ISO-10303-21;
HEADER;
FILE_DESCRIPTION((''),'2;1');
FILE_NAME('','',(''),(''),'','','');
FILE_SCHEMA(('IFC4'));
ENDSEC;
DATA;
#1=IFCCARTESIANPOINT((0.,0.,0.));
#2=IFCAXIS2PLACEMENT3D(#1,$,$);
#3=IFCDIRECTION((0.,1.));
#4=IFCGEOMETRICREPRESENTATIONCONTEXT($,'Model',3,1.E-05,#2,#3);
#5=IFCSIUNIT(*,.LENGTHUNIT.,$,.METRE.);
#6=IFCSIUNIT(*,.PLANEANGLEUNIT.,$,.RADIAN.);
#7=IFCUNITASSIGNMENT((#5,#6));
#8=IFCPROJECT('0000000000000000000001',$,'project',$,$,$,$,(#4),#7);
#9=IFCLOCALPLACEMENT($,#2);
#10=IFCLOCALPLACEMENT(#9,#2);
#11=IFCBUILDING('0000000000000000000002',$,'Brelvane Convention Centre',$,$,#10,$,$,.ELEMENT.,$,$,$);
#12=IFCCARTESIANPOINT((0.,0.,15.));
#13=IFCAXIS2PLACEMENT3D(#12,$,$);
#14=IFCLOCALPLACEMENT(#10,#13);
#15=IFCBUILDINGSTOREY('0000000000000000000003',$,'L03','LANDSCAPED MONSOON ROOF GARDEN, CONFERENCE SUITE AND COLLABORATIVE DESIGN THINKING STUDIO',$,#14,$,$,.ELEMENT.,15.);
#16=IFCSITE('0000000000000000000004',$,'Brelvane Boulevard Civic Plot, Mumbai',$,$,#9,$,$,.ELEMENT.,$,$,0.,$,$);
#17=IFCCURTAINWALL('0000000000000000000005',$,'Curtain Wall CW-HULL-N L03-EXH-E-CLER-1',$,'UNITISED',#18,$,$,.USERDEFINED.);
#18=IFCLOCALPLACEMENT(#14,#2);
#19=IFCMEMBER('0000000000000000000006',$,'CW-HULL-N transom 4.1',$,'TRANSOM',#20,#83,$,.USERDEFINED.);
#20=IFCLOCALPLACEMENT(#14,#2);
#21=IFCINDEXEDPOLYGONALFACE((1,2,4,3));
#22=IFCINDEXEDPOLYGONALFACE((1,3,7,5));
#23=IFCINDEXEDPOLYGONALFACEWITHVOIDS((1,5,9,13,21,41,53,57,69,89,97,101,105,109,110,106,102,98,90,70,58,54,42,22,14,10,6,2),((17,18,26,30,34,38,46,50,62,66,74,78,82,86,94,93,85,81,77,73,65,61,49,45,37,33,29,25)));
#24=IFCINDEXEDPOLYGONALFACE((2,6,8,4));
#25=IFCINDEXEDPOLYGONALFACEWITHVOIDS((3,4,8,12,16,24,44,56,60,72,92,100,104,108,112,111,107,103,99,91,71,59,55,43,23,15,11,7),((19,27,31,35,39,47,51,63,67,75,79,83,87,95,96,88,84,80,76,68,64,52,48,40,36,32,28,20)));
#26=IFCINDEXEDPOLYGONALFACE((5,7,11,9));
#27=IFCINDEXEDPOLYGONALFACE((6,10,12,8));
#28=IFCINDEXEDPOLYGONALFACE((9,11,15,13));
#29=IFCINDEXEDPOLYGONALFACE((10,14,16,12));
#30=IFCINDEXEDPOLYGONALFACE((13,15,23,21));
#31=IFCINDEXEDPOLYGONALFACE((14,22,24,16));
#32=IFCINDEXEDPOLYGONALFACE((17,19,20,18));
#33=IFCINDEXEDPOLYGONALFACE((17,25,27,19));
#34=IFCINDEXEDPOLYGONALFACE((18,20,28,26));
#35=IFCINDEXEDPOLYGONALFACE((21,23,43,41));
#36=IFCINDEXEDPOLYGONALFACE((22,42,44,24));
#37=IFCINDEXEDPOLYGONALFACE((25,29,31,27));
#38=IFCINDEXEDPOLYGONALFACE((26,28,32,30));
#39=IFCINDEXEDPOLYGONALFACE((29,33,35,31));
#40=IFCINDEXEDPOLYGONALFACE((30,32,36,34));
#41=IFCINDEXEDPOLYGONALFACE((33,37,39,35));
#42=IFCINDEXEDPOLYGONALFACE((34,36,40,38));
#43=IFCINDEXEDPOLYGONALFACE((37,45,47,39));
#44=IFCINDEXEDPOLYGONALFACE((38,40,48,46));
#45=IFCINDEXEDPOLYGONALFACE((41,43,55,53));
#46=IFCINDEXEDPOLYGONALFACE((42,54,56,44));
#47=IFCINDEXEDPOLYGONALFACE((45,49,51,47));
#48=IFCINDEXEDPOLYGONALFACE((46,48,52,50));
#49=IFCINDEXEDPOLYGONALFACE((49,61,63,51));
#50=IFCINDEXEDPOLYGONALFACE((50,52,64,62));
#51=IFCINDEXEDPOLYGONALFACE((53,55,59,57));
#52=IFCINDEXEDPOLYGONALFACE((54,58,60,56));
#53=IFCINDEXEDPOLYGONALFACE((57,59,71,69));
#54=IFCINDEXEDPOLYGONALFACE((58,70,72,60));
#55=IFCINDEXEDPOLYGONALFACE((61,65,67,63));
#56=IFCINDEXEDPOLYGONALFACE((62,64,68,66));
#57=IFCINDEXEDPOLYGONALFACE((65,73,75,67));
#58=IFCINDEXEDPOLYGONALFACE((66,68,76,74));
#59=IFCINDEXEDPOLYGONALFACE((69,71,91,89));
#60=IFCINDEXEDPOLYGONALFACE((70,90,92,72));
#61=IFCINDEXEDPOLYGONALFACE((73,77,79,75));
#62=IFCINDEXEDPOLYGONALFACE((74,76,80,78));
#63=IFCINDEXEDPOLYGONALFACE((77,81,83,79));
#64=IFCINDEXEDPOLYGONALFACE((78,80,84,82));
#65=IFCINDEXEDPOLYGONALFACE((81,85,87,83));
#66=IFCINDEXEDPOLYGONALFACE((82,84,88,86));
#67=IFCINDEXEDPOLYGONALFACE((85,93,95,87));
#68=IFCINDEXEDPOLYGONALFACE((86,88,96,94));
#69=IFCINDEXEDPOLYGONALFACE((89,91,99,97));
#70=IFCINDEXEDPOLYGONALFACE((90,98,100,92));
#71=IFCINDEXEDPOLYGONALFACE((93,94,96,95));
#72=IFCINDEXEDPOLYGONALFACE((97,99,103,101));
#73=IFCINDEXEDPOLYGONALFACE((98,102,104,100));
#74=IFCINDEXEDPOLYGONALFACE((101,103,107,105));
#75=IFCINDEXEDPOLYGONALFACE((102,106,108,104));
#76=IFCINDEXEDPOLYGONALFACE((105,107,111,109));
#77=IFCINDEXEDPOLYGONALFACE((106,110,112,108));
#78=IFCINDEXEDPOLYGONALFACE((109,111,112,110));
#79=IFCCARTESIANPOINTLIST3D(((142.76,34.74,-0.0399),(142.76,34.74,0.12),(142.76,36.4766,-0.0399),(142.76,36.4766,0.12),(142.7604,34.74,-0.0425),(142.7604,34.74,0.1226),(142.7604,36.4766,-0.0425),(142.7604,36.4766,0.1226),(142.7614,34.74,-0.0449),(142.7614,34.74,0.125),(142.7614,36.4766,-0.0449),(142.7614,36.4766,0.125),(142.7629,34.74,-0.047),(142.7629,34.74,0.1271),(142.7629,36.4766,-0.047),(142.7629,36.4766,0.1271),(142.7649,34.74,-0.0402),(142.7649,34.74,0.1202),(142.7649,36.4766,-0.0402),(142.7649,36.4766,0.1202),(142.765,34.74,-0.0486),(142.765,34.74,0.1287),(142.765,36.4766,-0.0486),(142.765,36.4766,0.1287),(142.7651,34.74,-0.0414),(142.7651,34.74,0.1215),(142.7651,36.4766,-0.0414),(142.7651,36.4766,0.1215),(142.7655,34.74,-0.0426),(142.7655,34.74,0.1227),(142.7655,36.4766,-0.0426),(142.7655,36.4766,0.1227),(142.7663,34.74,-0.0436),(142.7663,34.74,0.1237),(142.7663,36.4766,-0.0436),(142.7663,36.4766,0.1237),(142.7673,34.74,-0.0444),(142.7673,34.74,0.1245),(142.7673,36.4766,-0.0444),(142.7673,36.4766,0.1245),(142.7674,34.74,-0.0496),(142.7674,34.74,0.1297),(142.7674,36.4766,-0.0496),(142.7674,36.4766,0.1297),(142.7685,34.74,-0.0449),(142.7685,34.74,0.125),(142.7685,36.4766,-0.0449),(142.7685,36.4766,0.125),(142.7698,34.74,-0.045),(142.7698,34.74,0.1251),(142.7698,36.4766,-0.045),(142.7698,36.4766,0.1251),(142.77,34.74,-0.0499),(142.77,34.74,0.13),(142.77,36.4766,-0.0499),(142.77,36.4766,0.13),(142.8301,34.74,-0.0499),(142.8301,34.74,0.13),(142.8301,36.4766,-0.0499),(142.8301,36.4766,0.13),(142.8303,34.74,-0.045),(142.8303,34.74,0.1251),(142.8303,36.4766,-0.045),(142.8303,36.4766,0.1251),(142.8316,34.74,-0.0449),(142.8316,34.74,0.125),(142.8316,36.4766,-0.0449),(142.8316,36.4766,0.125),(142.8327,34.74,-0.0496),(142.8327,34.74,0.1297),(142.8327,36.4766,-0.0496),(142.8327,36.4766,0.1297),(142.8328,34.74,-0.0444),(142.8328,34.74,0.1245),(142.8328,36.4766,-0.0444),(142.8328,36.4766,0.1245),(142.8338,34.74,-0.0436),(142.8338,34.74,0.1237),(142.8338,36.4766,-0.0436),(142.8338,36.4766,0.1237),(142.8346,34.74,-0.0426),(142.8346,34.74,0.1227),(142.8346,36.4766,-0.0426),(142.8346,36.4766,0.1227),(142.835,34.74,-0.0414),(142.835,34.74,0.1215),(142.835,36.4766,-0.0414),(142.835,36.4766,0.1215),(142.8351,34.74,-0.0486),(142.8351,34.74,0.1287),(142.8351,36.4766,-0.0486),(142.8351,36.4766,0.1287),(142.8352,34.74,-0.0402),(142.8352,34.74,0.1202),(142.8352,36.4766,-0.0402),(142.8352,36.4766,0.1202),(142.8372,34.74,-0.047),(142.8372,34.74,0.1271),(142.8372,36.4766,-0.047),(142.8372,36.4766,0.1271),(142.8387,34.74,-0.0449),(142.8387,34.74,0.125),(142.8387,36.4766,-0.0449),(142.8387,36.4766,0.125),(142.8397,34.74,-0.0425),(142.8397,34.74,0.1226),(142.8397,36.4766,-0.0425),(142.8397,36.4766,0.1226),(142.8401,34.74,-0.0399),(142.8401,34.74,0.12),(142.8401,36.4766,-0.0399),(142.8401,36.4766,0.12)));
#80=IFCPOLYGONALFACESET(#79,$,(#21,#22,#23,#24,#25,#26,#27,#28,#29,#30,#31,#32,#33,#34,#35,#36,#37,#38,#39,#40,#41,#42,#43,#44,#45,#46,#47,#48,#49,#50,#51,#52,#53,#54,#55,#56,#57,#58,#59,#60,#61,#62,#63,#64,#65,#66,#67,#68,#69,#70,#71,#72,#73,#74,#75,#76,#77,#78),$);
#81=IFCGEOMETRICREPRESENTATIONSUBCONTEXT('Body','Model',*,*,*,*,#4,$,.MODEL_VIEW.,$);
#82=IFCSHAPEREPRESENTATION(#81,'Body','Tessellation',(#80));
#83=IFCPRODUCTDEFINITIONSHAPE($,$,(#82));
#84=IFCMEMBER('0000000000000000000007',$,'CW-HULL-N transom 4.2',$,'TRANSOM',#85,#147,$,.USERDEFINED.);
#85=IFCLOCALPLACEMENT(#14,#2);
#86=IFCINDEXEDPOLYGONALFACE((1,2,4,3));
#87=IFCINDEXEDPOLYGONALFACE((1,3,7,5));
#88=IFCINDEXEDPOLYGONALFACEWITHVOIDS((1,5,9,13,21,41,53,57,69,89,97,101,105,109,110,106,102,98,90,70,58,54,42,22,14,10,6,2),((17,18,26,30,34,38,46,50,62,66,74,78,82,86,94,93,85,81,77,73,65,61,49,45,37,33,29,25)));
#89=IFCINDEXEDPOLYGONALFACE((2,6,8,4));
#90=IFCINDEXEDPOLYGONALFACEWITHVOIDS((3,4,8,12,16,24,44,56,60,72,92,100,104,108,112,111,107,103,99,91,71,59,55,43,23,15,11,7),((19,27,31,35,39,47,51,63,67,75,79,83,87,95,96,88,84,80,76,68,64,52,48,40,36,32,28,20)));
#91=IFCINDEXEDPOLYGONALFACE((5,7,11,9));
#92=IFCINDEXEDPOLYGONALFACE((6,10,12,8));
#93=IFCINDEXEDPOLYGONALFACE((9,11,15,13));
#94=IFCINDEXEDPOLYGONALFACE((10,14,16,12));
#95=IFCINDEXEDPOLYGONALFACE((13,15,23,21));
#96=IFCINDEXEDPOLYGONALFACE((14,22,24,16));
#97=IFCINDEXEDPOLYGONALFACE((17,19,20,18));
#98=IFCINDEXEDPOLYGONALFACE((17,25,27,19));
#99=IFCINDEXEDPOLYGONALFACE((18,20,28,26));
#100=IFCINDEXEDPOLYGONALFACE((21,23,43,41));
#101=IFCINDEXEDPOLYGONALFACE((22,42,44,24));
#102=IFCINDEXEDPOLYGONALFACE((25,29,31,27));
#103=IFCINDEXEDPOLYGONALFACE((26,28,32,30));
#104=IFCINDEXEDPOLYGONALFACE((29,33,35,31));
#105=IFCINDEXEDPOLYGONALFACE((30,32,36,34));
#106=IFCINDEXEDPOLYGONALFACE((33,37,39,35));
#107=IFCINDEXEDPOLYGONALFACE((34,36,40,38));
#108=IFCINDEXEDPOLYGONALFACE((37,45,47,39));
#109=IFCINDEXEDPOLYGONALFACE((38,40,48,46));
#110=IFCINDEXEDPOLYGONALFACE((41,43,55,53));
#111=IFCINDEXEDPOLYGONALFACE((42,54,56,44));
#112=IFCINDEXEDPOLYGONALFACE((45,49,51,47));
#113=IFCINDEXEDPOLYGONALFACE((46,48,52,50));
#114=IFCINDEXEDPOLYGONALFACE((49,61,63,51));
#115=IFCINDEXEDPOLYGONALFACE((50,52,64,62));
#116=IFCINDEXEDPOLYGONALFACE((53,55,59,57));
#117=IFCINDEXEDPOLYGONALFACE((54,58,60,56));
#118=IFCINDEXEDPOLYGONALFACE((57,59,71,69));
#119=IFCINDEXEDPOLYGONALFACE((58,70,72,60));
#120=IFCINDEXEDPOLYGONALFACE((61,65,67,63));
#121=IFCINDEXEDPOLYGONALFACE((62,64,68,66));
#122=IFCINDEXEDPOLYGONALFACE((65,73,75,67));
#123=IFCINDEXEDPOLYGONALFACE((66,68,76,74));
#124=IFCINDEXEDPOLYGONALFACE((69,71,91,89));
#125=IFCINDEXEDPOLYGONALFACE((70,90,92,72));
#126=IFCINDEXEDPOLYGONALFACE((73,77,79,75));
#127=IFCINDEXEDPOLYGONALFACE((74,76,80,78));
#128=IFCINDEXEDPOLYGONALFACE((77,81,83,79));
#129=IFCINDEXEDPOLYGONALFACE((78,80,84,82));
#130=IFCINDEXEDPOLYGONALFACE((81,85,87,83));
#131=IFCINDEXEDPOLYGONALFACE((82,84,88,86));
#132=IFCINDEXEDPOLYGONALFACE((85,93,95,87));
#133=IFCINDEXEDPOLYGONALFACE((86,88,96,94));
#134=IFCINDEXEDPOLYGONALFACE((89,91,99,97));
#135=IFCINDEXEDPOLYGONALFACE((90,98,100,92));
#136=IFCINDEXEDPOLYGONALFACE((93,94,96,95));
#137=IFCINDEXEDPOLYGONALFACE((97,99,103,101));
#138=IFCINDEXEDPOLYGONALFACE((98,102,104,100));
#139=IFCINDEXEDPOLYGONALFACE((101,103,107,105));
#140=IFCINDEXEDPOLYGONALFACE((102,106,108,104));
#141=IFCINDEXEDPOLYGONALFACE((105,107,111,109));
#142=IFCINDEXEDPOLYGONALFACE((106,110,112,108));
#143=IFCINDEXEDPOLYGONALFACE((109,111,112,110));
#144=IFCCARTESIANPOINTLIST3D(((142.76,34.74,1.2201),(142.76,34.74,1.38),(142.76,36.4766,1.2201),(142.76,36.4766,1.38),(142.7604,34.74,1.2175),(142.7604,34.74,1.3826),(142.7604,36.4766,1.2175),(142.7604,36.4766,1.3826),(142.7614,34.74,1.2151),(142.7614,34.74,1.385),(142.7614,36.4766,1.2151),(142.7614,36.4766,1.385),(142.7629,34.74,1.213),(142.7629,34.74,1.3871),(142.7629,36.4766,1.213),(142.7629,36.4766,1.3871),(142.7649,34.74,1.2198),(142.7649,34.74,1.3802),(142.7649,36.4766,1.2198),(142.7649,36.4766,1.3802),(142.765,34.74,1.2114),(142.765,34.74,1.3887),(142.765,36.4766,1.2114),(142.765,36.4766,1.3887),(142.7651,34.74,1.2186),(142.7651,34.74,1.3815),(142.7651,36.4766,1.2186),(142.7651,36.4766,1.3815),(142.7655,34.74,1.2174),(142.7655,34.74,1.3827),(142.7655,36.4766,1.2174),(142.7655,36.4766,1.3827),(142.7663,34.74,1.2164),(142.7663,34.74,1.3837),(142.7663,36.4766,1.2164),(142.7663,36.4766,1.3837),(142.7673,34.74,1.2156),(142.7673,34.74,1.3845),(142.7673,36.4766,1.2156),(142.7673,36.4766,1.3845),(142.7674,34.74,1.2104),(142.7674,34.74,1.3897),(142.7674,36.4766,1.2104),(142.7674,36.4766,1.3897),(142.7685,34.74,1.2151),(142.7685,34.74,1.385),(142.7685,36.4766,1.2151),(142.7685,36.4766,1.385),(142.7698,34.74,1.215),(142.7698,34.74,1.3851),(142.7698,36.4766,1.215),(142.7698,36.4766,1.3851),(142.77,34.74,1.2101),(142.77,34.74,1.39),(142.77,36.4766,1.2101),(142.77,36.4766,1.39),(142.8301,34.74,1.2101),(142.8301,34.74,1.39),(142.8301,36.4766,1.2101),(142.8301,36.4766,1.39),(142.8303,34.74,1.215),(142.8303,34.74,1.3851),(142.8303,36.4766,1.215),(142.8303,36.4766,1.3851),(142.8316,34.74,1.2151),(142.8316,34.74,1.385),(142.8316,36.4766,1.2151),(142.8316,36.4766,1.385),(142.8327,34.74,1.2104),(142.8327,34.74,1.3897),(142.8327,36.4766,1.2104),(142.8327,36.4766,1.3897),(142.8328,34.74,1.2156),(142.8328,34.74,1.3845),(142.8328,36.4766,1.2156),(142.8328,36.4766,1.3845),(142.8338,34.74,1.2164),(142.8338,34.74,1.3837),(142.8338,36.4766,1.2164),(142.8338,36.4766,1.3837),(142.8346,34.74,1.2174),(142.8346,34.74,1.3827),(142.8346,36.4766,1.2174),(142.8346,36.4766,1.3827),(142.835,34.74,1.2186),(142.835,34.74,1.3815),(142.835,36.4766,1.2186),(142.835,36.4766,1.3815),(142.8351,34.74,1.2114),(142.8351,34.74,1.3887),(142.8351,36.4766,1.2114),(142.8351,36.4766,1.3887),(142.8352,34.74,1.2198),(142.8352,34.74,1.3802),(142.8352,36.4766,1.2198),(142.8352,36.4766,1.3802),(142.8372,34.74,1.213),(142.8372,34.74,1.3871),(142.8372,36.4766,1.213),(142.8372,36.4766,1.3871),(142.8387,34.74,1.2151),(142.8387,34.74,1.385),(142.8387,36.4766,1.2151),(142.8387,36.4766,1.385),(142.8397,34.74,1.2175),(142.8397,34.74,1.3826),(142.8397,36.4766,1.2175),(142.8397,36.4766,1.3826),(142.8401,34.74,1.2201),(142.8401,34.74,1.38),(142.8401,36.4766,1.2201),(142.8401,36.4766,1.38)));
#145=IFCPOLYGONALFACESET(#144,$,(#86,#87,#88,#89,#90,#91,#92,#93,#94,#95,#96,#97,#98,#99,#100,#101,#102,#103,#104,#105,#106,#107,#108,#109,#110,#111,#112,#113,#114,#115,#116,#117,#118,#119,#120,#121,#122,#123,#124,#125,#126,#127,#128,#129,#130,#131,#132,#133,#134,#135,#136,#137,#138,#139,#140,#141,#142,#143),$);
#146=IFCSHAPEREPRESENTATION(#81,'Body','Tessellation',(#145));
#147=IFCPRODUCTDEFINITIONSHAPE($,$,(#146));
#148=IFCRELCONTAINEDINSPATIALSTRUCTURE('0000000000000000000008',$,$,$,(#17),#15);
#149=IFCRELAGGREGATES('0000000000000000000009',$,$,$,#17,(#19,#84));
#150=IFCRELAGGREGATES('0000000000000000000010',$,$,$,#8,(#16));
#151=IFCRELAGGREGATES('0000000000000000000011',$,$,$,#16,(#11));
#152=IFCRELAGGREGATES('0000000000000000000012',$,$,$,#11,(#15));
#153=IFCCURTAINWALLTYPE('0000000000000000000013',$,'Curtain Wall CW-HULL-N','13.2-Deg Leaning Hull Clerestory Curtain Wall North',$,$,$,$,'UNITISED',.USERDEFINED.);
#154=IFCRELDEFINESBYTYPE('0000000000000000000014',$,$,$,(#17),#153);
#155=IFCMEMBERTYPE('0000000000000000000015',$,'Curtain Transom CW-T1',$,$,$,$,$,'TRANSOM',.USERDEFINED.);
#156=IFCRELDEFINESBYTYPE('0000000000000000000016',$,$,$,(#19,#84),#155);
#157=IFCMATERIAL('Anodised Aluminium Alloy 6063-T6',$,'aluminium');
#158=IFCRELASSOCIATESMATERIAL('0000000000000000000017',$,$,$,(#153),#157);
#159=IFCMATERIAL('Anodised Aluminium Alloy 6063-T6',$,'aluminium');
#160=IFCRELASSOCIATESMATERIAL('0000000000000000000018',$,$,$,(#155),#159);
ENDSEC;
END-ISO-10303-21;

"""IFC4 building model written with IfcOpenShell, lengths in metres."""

from ifc_helpers import new_model, si_unit, direction, frame, origin, origin_2d, place, context, subcontext, project, spatial, hollow_rectangle, extrude, material, material_profile, profile_set, type_object, element, aggregate, save


model = new_model("IFC4")

# Units and contexts
model_context = context("Model", 3, precision=1e-05, world=origin(), true_north=direction((0.0, 1.0)))
body_context = subcontext(model_context, "Body", "Model", "MODEL_VIEW")
ifc_project = project(units=[si_unit("LENGTHUNIT", "METRE"), si_unit("PLANEANGLEUNIT", "RADIAN")], contexts=[model_context])

# Site, building, storey
site_placement = place(None, origin())
site = spatial("IfcSite", under=ifc_project, at=site_placement, Name="Brelvane Boulevard Civic Plot, Mumbai", CompositionType="ELEMENT", RefElevation=0.0)
building_placement = place(site_placement, origin())
building = spatial("IfcBuilding", under=site, at=building_placement, Name="Brelvane Convention Centre", CompositionType="ELEMENT")
storey_placement = place(building_placement, frame((0.0, 0.0, 15.0)))
storey = spatial("IfcBuildingStorey", under=building, at=storey_placement, Name="L03", Description="LANDSCAPED MONSOON ROOF GARDEN, CONFERENCE SUITE AND COLLABORATIVE DESIGN THINKING STUDIO", CompositionType="ELEMENT", Elevation=15.0)

# Curtain wall
ifc_material_1 = material(Name="Anodised Aluminium Alloy 6063-T6", Category="aluminium")
curtain_wall_type = type_object("IfcCurtainWallType", Name="Curtain Wall CW-HULL-N", Description="13.2-Deg Leaning Hull Clerestory Curtain Wall North", ElementType="UNITISED", PredefinedType="USERDEFINED", material=ifc_material_1)
curtain_wall_1_placement = place(storey_placement, origin())
curtain_wall_1 = element("IfcCurtainWall", 1, at=curtain_wall_1_placement, inside=storey, type_object=curtain_wall_type, Name="Curtain Wall CW-HULL-N L03-EXH-E-CLER-1", ObjectType="UNITISED", PredefinedType="USERDEFINED")

# Members
ifc_material_2 = material(Name="Anodised Aluminium Alloy 6063-T6", Category="aluminium")
ifc_material_profile_1 = material_profile(ifc_material_2, hollow_rectangle(XDim=0.0801, YDim=0.1799, WallThickness=0.0049, InnerFilletRadius=0.0049, OuterFilletRadius=0.01, at=origin_2d()), Name="ALU-T 180x80x5.0")
ifc_profile_set_1 = profile_set([ifc_material_profile_1], Name="Anodised Aluminium Alloy 6063-T6")
member_type_1 = type_object("IfcMemberType", Name="Curtain Transom CW-T1", ElementType="TRANSOM", PredefinedType="USERDEFINED", material=ifc_profile_set_1)
member_1_placement = place(storey_placement, frame((142.8, 34.74, 0.04), z_axis=(0.0, 1.0, 0.0), x_axis=(-1.0, 0.0, 0.0)))
member_1 = element("IfcMember", 2, at=member_1_placement, type_object=member_type_1, Name="CW-HULL-N transom 4.1", ObjectType="TRANSOM", PredefinedType="USERDEFINED", context=body_context, shape_type="SweptSolid", body=[
    extrude(hollow_rectangle(XDim=0.0801, YDim=0.1799, WallThickness=0.0049, InnerFilletRadius=0.0049, OuterFilletRadius=0.01, at=origin_2d()), origin(), (0.0, 0.0, 1.0), 1.7366),
])
member_2_placement = place(storey_placement, frame((142.8, 34.74, 1.3), z_axis=(0.0, 1.0, 0.0), x_axis=(-1.0, 0.0, 0.0)))
member_2 = element("IfcMember", 3, at=member_2_placement, type_object=member_type_1, Name="CW-HULL-N transom 4.2", ObjectType="TRANSOM", PredefinedType="USERDEFINED", context=body_context, shape_type="SweptSolid", body=[
    extrude(hollow_rectangle(XDim=0.0801, YDim=0.1799, WallThickness=0.0049, InnerFilletRadius=0.0049, OuterFilletRadius=0.01, at=origin_2d()), origin(), (0.0, 0.0, 1.0), 1.7366),
])

aggregate(curtain_wall_1, [member_1, member_2])

save(model, "model.ifc")
